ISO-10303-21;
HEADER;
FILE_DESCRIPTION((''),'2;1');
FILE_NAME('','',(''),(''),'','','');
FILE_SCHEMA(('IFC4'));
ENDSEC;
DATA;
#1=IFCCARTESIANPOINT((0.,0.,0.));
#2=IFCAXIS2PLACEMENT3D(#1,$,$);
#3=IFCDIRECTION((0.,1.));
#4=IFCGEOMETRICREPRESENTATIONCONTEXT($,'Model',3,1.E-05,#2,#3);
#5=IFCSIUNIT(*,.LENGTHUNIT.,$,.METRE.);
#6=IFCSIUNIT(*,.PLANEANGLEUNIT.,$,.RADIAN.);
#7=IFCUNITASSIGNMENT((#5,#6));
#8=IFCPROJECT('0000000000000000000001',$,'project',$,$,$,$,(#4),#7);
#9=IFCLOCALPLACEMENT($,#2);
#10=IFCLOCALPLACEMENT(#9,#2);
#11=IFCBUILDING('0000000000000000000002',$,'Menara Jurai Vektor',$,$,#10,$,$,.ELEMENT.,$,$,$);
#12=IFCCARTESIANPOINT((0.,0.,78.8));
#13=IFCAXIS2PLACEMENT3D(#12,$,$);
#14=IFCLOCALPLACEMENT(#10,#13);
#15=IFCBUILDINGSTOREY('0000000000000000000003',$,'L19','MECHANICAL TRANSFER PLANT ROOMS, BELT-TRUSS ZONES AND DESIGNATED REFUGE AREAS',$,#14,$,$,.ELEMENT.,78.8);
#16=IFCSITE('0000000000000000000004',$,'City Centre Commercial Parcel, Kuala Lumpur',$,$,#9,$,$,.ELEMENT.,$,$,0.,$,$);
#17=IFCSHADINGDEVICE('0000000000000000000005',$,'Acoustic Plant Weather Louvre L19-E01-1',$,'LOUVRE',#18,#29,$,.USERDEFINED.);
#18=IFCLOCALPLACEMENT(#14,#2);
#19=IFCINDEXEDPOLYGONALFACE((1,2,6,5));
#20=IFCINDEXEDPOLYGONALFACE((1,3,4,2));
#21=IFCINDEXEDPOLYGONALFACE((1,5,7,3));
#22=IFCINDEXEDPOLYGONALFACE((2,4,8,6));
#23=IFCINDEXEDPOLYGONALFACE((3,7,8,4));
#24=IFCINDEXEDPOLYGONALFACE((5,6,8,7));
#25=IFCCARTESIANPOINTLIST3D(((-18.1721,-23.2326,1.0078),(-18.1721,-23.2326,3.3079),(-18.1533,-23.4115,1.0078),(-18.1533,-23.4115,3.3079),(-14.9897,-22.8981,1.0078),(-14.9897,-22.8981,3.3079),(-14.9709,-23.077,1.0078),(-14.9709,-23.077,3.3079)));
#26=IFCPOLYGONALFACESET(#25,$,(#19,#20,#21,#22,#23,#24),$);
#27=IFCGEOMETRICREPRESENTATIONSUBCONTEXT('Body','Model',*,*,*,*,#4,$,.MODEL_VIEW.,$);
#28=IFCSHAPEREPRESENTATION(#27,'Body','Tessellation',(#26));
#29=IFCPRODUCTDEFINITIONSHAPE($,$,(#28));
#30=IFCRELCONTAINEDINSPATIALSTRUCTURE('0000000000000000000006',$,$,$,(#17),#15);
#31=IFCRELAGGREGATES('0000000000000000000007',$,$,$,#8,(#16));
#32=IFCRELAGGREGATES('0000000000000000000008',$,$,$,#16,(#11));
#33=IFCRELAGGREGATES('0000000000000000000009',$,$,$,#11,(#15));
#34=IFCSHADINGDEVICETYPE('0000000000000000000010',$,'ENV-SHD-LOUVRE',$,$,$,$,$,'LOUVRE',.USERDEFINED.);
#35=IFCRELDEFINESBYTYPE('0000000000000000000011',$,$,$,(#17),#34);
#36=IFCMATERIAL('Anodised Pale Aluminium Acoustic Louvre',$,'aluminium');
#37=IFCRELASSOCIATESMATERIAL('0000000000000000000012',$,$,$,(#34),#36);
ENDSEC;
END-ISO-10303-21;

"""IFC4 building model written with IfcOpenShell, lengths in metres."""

from ifc_helpers import new_model, si_unit, direction, frame, origin, origin_2d, place, context, subcontext, project, spatial, rectangle, extrude, material, type_object, element, save


model = new_model("IFC4")

# Units and contexts
model_context = context("Model", 3, precision=1e-05, world=origin(), true_north=direction((0.0, 1.0)))
body_context = subcontext(model_context, "Body", "Model", "MODEL_VIEW")
ifc_project = project(units=[si_unit("LENGTHUNIT", "METRE"), si_unit("PLANEANGLEUNIT", "RADIAN")], contexts=[model_context])

# Site, building, storey
site_placement = place(None, origin())
site = spatial("IfcSite", under=ifc_project, at=site_placement, Name="City Centre Commercial Parcel, Kuala Lumpur", CompositionType="ELEMENT", RefElevation=0.0)
building_placement = place(site_placement, origin())
building = spatial("IfcBuilding", under=site, at=building_placement, Name="Menara Jurai Vektor", CompositionType="ELEMENT")
storey_placement = place(building_placement, frame((0.0, 0.0, 78.8)))
storey = spatial("IfcBuildingStorey", under=building, at=storey_placement, Name="L19", Description="MECHANICAL TRANSFER PLANT ROOMS, BELT-TRUSS ZONES AND DESIGNATED REFUGE AREAS", CompositionType="ELEMENT", Elevation=78.8)

# Shading device
ifc_material_1 = material(Name="Anodised Pale Aluminium Acoustic Louvre", Category="aluminium")
shading_device_type = type_object("IfcShadingDeviceType", Name="ENV-SHD-LOUVRE", ElementType="LOUVRE", PredefinedType="USERDEFINED", material=ifc_material_1)
shading_device_placement = place(storey_placement, frame((-16.5715, -23.1548, 1.0078), z_axis=(0.0, 0.0, 1.0), x_axis=(0.994522, 0.104528, 0.0)))
element("IfcShadingDevice", 1, at=shading_device_placement, inside=storey, type_object=shading_device_type, Name="Acoustic Plant Weather Louvre L19-E01-1", ObjectType="LOUVRE", PredefinedType="USERDEFINED", context=body_context, shape_type="SweptSolid", body=[
    extrude(rectangle(XDim=3.2, YDim=0.1799, at=origin_2d()), origin(), (0.0, 0.0, 1.0), 2.3),
])

save(model, "model.ifc")
